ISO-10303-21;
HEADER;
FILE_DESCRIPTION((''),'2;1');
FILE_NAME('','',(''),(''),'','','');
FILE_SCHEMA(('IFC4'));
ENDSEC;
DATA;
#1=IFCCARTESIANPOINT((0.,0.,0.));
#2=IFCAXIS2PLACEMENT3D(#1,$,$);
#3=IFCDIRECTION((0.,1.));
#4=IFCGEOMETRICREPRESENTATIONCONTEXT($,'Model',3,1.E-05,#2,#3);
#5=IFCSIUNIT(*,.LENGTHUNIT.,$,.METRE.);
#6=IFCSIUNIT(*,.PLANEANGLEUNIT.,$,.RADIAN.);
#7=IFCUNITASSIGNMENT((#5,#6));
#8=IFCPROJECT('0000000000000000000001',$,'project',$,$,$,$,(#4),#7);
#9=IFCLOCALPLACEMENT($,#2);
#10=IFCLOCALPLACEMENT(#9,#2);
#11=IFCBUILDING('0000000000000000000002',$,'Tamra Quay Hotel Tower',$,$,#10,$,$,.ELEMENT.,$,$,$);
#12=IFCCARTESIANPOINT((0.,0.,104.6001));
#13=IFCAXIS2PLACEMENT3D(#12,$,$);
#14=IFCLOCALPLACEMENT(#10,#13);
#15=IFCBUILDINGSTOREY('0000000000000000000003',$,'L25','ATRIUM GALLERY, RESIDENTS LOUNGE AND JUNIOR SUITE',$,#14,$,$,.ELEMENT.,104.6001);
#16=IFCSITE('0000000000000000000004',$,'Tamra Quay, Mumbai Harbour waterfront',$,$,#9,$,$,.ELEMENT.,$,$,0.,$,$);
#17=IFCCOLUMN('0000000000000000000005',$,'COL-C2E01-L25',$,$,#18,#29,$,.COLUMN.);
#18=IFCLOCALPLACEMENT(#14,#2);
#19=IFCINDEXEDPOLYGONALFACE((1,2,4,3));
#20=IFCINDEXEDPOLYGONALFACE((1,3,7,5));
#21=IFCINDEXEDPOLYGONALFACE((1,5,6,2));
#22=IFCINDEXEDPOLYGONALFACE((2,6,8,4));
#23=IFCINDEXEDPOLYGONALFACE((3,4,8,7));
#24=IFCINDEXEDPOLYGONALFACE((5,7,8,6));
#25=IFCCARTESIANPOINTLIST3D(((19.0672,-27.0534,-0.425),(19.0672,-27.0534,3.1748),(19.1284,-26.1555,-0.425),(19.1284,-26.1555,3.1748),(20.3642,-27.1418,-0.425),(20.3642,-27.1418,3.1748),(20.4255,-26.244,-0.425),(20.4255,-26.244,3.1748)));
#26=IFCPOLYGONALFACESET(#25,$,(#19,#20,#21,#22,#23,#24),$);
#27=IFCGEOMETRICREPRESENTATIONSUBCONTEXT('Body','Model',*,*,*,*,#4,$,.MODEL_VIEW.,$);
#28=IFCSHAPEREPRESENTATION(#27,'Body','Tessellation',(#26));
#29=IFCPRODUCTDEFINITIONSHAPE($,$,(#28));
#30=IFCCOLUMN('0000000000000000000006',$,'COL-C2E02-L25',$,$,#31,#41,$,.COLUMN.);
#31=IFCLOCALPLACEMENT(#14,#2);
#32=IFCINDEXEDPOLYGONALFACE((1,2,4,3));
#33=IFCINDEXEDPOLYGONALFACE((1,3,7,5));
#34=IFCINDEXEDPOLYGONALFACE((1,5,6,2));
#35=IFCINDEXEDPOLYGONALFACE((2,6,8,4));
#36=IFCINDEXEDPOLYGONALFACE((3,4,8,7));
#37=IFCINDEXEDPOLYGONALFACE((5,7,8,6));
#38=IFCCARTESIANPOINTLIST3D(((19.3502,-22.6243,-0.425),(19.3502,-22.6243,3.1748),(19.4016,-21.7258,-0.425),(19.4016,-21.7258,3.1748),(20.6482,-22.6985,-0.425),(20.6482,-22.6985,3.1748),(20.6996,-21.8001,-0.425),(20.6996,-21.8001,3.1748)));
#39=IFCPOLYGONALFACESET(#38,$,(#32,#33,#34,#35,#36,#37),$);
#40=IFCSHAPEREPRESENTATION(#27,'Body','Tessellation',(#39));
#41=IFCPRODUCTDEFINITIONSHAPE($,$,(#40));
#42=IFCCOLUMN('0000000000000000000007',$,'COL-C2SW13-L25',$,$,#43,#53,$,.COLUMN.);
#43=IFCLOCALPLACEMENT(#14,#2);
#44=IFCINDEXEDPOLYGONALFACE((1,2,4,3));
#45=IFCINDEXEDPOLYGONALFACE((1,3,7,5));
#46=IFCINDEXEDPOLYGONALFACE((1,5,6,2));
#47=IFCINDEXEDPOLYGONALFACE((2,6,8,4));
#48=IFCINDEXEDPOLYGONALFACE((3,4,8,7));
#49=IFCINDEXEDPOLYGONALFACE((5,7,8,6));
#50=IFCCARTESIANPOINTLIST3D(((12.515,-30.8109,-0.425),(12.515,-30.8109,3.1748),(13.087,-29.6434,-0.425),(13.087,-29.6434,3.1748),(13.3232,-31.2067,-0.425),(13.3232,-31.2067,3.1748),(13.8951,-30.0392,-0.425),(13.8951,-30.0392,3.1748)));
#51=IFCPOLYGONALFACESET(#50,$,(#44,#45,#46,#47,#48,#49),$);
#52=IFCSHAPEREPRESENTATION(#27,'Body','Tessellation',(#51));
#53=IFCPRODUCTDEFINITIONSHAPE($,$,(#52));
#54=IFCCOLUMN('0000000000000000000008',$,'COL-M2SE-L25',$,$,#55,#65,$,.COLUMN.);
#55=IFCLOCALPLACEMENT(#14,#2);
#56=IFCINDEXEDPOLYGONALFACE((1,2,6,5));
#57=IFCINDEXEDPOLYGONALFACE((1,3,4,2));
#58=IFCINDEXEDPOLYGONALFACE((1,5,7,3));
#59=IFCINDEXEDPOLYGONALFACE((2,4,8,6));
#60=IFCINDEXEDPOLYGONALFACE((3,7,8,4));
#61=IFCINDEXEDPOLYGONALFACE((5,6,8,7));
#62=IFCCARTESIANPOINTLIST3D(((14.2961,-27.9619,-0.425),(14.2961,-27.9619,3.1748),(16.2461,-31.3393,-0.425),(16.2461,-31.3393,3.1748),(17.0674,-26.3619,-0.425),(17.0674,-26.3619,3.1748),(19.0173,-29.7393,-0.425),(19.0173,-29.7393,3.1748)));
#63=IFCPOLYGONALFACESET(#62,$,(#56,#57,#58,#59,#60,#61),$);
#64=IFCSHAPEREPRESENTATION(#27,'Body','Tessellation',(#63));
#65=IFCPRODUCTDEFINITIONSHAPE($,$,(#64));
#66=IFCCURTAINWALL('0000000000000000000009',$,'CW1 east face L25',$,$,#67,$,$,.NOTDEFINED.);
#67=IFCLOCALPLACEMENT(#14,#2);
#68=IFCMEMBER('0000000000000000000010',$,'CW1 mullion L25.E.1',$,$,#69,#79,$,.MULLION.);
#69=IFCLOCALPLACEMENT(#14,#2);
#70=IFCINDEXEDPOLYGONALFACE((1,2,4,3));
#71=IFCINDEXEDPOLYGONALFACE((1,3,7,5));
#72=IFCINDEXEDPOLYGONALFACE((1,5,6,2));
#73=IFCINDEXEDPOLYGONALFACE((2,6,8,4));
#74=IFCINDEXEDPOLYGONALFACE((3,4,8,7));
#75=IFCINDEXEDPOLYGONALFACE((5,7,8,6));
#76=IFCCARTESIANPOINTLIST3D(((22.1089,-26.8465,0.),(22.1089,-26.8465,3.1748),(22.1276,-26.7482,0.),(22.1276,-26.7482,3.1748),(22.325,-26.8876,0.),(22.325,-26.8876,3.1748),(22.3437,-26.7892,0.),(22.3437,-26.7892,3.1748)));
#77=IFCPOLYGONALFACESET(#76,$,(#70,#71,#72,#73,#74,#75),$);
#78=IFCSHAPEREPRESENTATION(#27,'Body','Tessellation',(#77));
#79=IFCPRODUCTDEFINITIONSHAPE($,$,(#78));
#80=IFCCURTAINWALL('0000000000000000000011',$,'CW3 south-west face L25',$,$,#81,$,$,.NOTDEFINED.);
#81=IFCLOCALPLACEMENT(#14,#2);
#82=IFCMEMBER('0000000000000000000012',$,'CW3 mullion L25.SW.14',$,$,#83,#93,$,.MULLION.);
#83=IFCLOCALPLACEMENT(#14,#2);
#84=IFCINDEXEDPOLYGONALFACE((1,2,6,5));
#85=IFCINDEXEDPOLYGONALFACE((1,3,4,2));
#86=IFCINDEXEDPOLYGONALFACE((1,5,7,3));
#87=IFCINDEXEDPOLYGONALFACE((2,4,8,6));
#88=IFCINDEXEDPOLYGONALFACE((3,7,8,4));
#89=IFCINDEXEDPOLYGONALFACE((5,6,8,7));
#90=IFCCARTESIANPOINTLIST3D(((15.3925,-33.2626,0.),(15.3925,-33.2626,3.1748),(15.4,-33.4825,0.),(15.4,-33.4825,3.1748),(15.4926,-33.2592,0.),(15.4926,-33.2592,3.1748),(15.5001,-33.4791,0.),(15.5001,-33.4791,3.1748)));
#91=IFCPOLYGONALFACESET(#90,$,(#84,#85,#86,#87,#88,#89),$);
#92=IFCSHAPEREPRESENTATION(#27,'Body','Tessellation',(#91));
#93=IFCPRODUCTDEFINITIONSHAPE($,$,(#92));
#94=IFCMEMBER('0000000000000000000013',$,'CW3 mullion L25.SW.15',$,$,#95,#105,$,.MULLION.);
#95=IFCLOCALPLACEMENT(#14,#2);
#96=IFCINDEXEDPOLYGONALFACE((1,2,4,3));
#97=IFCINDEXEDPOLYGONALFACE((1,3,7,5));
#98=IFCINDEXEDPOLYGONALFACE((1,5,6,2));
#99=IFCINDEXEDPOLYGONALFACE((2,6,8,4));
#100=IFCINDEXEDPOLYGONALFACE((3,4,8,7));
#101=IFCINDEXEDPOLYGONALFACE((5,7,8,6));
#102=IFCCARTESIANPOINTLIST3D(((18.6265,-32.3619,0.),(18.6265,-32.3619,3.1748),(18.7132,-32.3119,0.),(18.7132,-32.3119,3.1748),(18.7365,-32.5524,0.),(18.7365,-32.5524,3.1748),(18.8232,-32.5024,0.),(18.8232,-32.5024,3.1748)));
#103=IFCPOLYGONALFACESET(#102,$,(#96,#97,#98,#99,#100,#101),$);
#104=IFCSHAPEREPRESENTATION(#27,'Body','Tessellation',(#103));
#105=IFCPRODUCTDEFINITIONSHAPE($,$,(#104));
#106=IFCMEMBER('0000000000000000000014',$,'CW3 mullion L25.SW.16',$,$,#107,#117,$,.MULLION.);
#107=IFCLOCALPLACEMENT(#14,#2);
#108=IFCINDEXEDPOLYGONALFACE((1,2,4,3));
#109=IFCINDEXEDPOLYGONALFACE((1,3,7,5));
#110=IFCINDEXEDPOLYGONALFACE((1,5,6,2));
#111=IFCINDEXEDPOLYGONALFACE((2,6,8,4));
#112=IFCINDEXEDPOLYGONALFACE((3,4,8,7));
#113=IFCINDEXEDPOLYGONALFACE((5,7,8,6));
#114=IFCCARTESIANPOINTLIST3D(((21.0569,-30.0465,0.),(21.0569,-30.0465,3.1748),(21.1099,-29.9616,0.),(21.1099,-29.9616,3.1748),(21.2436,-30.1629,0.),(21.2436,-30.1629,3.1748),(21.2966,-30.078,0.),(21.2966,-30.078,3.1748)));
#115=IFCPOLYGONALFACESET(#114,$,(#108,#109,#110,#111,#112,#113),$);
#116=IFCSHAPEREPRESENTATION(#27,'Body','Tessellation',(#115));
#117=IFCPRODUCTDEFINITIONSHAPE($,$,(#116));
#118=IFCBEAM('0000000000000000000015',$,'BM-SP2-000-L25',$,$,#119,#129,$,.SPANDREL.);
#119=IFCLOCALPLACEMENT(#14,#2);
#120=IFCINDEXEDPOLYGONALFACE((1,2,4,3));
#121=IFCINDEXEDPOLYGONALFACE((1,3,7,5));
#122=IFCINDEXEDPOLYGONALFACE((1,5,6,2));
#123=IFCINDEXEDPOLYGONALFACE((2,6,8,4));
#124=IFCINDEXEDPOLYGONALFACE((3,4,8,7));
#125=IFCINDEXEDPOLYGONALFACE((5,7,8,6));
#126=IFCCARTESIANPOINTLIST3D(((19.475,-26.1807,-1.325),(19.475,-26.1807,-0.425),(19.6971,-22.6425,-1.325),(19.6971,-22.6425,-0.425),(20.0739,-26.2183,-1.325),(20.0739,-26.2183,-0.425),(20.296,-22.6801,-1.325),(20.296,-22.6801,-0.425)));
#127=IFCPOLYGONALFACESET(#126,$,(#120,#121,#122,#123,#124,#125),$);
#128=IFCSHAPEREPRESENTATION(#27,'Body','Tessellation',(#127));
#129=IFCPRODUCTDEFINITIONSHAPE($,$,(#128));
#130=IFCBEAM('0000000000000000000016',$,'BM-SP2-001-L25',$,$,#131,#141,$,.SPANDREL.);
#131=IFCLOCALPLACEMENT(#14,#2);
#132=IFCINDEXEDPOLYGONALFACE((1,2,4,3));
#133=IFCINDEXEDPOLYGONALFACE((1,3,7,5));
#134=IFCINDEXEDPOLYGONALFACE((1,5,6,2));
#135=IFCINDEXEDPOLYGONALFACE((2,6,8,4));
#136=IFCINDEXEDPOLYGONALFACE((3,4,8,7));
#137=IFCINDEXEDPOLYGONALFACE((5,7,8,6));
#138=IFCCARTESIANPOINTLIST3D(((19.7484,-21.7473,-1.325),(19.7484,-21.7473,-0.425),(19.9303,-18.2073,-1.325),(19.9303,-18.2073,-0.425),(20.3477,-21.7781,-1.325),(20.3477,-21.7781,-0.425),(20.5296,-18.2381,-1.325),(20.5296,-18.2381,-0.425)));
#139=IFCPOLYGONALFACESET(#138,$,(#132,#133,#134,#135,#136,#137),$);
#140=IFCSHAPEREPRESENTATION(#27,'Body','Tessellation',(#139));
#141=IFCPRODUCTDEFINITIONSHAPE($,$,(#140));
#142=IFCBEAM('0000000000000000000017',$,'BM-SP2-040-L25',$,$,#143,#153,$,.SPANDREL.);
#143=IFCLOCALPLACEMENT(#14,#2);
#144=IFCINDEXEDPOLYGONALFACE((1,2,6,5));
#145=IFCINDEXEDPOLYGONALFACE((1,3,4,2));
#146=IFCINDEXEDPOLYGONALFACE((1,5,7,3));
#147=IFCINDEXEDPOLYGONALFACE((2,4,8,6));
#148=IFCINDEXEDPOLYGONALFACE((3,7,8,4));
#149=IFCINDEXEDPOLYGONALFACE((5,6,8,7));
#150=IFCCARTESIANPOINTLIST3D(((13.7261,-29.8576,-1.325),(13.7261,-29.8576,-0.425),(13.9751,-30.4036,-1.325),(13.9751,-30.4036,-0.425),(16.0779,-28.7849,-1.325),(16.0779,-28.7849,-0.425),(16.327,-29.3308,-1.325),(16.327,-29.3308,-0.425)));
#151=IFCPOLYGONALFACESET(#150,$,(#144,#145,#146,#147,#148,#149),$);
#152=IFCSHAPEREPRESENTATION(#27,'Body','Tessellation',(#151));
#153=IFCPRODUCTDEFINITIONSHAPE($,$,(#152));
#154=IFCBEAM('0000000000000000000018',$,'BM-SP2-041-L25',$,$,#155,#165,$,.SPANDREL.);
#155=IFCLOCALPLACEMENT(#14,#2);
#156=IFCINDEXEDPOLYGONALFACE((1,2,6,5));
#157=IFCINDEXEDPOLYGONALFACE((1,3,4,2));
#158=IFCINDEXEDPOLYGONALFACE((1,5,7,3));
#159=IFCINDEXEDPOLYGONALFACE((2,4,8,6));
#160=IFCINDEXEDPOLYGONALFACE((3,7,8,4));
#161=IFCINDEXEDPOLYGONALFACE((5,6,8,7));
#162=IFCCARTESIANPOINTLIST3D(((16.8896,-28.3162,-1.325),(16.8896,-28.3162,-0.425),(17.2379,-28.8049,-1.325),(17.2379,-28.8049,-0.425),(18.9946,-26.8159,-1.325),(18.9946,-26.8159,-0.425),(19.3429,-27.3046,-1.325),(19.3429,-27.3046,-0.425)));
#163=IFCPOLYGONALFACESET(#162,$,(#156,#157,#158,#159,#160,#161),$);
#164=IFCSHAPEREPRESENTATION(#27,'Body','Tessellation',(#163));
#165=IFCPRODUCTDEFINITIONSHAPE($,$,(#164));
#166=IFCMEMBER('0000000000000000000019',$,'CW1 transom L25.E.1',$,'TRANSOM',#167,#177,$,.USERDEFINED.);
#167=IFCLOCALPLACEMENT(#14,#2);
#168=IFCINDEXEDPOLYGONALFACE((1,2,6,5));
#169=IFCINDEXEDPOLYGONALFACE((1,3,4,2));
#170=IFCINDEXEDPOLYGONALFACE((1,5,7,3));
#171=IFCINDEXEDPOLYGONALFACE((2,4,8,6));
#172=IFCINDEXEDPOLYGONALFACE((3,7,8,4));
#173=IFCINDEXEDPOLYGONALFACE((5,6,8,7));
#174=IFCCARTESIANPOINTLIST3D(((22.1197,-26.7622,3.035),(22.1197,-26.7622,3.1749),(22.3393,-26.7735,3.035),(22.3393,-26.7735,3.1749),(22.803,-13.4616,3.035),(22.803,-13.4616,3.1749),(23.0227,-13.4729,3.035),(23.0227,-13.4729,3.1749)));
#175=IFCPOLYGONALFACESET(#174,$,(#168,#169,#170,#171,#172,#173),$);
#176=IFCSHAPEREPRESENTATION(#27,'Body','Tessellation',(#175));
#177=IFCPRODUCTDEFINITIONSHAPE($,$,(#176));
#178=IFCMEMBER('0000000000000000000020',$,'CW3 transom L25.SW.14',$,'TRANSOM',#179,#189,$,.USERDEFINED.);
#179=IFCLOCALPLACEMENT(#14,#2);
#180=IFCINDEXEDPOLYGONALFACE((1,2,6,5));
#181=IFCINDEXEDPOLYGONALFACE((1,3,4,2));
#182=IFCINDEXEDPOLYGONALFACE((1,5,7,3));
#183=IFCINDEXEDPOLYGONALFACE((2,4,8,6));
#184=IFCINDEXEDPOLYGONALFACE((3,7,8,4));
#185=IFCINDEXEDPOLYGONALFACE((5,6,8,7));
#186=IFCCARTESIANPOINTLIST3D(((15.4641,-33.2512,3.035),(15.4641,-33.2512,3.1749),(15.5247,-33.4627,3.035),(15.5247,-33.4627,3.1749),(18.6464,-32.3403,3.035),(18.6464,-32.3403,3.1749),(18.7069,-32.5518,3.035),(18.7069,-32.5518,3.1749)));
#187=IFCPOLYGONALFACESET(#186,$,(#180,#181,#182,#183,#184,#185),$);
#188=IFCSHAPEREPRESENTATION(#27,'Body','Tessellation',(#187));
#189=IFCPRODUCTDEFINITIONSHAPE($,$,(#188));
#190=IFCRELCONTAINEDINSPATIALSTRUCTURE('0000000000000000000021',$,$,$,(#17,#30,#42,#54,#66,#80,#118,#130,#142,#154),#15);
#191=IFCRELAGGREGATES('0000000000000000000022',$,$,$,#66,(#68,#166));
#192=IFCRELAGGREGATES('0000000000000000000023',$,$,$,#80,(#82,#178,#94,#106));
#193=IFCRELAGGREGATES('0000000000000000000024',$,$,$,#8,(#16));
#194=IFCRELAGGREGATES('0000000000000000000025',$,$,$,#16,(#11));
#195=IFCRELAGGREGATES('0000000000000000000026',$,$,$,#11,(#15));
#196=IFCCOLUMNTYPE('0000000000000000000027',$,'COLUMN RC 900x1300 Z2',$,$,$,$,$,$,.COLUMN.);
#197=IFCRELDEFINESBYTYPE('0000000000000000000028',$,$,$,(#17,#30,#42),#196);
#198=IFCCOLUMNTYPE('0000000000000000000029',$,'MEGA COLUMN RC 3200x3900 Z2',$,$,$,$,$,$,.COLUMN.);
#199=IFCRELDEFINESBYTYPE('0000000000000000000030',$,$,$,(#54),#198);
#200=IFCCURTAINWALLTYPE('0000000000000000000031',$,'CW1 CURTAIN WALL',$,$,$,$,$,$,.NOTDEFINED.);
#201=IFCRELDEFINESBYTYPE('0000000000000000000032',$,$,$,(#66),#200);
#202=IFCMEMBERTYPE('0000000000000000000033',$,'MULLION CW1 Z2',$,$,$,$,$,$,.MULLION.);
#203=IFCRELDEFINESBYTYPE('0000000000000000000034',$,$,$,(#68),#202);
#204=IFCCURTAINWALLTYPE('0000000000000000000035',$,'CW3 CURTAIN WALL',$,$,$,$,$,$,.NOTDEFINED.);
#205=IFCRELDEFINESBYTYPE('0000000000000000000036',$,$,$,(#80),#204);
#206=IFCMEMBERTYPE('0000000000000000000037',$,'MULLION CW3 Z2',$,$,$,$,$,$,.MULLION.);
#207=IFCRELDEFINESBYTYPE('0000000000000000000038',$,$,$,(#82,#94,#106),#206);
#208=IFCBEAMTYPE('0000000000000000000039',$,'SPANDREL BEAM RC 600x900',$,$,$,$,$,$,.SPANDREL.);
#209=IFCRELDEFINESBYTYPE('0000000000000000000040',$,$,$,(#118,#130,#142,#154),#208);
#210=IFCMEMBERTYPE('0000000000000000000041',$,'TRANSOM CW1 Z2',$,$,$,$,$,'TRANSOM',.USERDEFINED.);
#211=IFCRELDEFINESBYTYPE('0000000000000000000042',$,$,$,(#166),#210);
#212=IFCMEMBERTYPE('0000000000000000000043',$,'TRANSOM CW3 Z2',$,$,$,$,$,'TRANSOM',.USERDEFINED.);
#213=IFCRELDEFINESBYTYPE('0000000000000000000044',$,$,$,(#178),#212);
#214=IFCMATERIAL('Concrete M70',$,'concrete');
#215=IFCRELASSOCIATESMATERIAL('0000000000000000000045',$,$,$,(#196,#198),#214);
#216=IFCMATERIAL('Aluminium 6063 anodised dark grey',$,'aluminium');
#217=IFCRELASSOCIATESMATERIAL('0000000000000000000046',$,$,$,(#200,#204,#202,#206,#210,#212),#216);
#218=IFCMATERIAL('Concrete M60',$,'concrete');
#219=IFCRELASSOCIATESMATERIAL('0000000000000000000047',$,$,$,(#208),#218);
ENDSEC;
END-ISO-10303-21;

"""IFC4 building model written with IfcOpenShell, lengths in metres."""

from ifc_helpers import new_model, si_unit, direction, frame, origin, origin_2d, place, context, subcontext, project, spatial, rectangle, extrude, material, material_profile, profile_set, type_object, element, aggregate, save


model = new_model("IFC4")

# Units and contexts
model_context = context("Model", 3, precision=1e-05, world=origin(), true_north=direction((0.0, 1.0)))
body_context = subcontext(model_context, "Body", "Model", "MODEL_VIEW")
ifc_project = project(units=[si_unit("LENGTHUNIT", "METRE"), si_unit("PLANEANGLEUNIT", "RADIAN")], contexts=[model_context])

# Site, building, storey
site_placement = place(None, origin())
site = spatial("IfcSite", under=ifc_project, at=site_placement, Name="Tamra Quay, Mumbai Harbour waterfront", CompositionType="ELEMENT", RefElevation=0.0)
building_placement = place(site_placement, origin())
building = spatial("IfcBuilding", under=site, at=building_placement, Name="Tamra Quay Hotel Tower", CompositionType="ELEMENT")
storey_placement = place(building_placement, frame((0.0, 0.0, 104.6001)))
storey = spatial("IfcBuildingStorey", under=building, at=storey_placement, Name="L25", Description="ATRIUM GALLERY, RESIDENTS LOUNGE AND JUNIOR SUITE", CompositionType="ELEMENT", Elevation=104.6001)

# Columns
ifc_material_1 = material(Name="Concrete M70", Category="concrete")
ifc_material_profile_1 = material_profile(ifc_material_1, rectangle(XDim=1.3, YDim=0.8999, at=origin_2d()), Name="COLUMN RC 900x1300 Z2")
ifc_profile_set_1 = profile_set([ifc_material_profile_1], Name="Concrete M70")
column_type_1 = type_object("IfcColumnType", Name="COLUMN RC 900x1300 Z2", PredefinedType="COLUMN", material=ifc_profile_set_1)
for number, where, z_axis, x_axis, name in (
    (1, (19.7463, -26.6487, -0.425), (0.0, 0.0, 1.0), (-0.997682, 0.068041, 0.0), "COL-C2E01-L25"),
    (2, (20.0249, -22.2122, -0.425), (0.0, 0.0, 1.0), (-0.998368, 0.057108, 0.0), "COL-C2E02-L25"),
    (3, (13.2051, -30.425, -0.425), (0.0, 0.0, 1.0), (0.439916, 0.898039, 0.0), "COL-C2SW13-L25"),
):
    element("IfcColumn", number, at=place(storey_placement, frame(where, z_axis=z_axis, x_axis=x_axis)), inside=storey, type_object=column_type_1, Name=name, PredefinedType="COLUMN", context=body_context, shape_type="SweptSolid", body=[
        extrude(rectangle(XDim=1.3, YDim=0.8999, at=origin_2d()), origin(), (0.0, 0.0, 1.0), 3.5999),
    ])
ifc_material_profile_2 = material_profile(ifc_material_1, rectangle(XDim=3.8999, YDim=3.2, at=origin_2d()), Name="MEGA COLUMN RC 3200x3900 Z2")
ifc_profile_set_2 = profile_set([ifc_material_profile_2], Name="Concrete M70")
column_type_2 = type_object("IfcColumnType", Name="MEGA COLUMN RC 3200x3900 Z2", PredefinedType="COLUMN", material=ifc_profile_set_2)
column_placement = place(storey_placement, frame((16.6567, -28.8506, -0.425), z_axis=(0.0, 0.0, 1.0), x_axis=(-0.5, 0.866025, 0.0)))
element("IfcColumn", 4, at=column_placement, inside=storey, type_object=column_type_2, Name="COL-M2SE-L25", PredefinedType="COLUMN", context=body_context, shape_type="SweptSolid", body=[
    extrude(rectangle(XDim=3.8999, YDim=3.2, at=origin_2d()), origin(), (0.0, 0.0, 1.0), 3.5999),
])

# Curtain wall, member
ifc_material_2 = material(Name="Aluminium 6063 anodised dark grey", Category="aluminium")
curtain_wall_type_1 = type_object("IfcCurtainWallType", Name="CW1 CURTAIN WALL", PredefinedType="NOTDEFINED", material=ifc_material_2)
curtain_wall_1_placement = place(storey_placement, origin())
curtain_wall_1 = element("IfcCurtainWall", 5, at=curtain_wall_1_placement, inside=storey, type_object=curtain_wall_type_1, Name="CW1 east face L25", PredefinedType="NOTDEFINED")
ifc_material_profile_3 = material_profile(ifc_material_2, rectangle(XDim=0.22, YDim=0.1001, at=origin_2d()), Name="MULLION 100X220")
ifc_profile_set_3 = profile_set([ifc_material_profile_3], Name="Aluminium 6063 anodised dark grey")
member_type_1 = type_object("IfcMemberType", Name="MULLION CW1 Z2", PredefinedType="MULLION", material=ifc_profile_set_3)
member_1_placement = place(storey_placement, frame((22.2263, -26.8179, 0.0), z_axis=(0.0, 0.0, 1.0), x_axis=(0.982419, -0.186689, 0.0)))
member_1 = element("IfcMember", 6, at=member_1_placement, type_object=member_type_1, Name="CW1 mullion L25.E.1", PredefinedType="MULLION", context=body_context, shape_type="SweptSolid", body=[
    extrude(rectangle(XDim=0.22, YDim=0.1001, at=origin_2d()), origin(), (0.0, 0.0, 1.0), 3.1748),
])

# Curtain wall, members
curtain_wall_type_2 = type_object("IfcCurtainWallType", Name="CW3 CURTAIN WALL", PredefinedType="NOTDEFINED", material=ifc_material_2)
curtain_wall_2_placement = place(storey_placement, origin())
curtain_wall_2 = element("IfcCurtainWall", 7, at=curtain_wall_2_placement, inside=storey, type_object=curtain_wall_type_2, Name="CW3 south-west face L25", PredefinedType="NOTDEFINED")
ifc_material_profile_4 = material_profile(ifc_material_2, rectangle(XDim=0.22, YDim=0.1001, at=origin_2d()), Name="MULLION 100X220")
ifc_profile_set_4 = profile_set([ifc_material_profile_4], Name="Aluminium 6063 anodised dark grey")
member_type_2 = type_object("IfcMemberType", Name="MULLION CW3 Z2", PredefinedType="MULLION", material=ifc_profile_set_4)
member_2_placement = place(storey_placement, frame((15.4463, -33.3708, 0.0), z_axis=(0.0, 0.0, 1.0), x_axis=(0.034041, -0.99942, 0.0)))
member_2 = element("IfcMember", 8, at=member_2_placement, type_object=member_type_2, Name="CW3 mullion L25.SW.14", PredefinedType="MULLION", context=body_context, shape_type="SweptSolid", body=[
    extrude(rectangle(XDim=0.22, YDim=0.1001, at=origin_2d()), origin(), (0.0, 0.0, 1.0), 3.1748),
])
member_3_placement = place(storey_placement, frame((18.7249, -32.4321, 0.0), z_axis=(0.0, 0.0, 1.0), x_axis=(0.5, -0.866025, 0.0)))
member_3 = element("IfcMember", 9, at=member_3_placement, type_object=member_type_2, Name="CW3 mullion L25.SW.15", PredefinedType="MULLION", context=body_context, shape_type="SweptSolid", body=[
    extrude(rectangle(XDim=0.22, YDim=0.1001, at=origin_2d()), origin(), (0.0, 0.0, 1.0), 3.1748),
])
member_4_placement = place(storey_placement, frame((21.1768, -30.0623, 0.0), z_axis=(0.0, 0.0, 1.0), x_axis=(0.848503, -0.52919, 0.0)))
member_4 = element("IfcMember", 10, at=member_4_placement, type_object=member_type_2, Name="CW3 mullion L25.SW.16", PredefinedType="MULLION", context=body_context, shape_type="SweptSolid", body=[
    extrude(rectangle(XDim=0.22, YDim=0.1001, at=origin_2d()), origin(), (0.0, 0.0, 1.0), 3.1748),
])

# Beams
ifc_material_3 = material(Name="Concrete M60", Category="concrete")
ifc_material_profile_5 = material_profile(ifc_material_3, rectangle(XDim=0.6001, YDim=0.8999, at=origin_2d()), Name="SPANDREL BEAM RC 600x900")
ifc_profile_set_5 = profile_set([ifc_material_profile_5], Name="Concrete M60")
beam_type = type_object("IfcBeamType", Name="SPANDREL BEAM RC 600x900", PredefinedType="SPANDREL", material=ifc_profile_set_5)
beam_1_placement = place(storey_placement, frame((19.7744, -26.1995, -0.875), z_axis=(0.06267, 0.998034, 0.0), x_axis=(-0.998034, 0.06267, 0.0)))
element("IfcBeam", 11, at=beam_1_placement, inside=storey, type_object=beam_type, Name="BM-SP2-000-L25", PredefinedType="SPANDREL", context=body_context, shape_type="SweptSolid", body=[
    extrude(rectangle(XDim=0.6001, YDim=0.8999, at=origin_2d()), origin(), (0.0, 0.0, 1.0), 3.5452),
])
beam_2_placement = place(storey_placement, frame((20.0481, -21.7627, -0.875), z_axis=(0.051312, 0.998683, 0.0), x_axis=(-0.998683, 0.051312, 0.0)))
element("IfcBeam", 12, at=beam_2_placement, inside=storey, type_object=beam_type, Name="BM-SP2-001-L25", PredefinedType="SPANDREL", context=body_context, shape_type="SweptSolid", body=[
    extrude(rectangle(XDim=0.6001, YDim=0.8999, at=origin_2d()), origin(), (0.0, 0.0, 1.0), 3.5447),
])
for number, where, z_axis, x_axis, name in (
    (13, (13.8506, -30.1306, -0.875), (0.909819, 0.415005, 0.0), (-0.415005, 0.909819, 0.0), "BM-SP2-040-L25"),
    (14, (17.0637, -28.5605, -0.875), (0.814339, 0.580389, 0.0), (-0.580389, 0.814339, 0.0), "BM-SP2-041-L25"),
):
    element("IfcBeam", number, at=place(storey_placement, frame(where, z_axis=z_axis, x_axis=x_axis)), inside=storey, type_object=beam_type, Name=name, PredefinedType="SPANDREL", context=body_context, shape_type="SweptSolid", body=[
        extrude(rectangle(XDim=0.6001, YDim=0.8999, at=origin_2d()), origin(), (0.0, 0.0, 1.0), 2.585),
    ])

# Members
ifc_material_profile_6 = material_profile(ifc_material_2, rectangle(XDim=0.22, YDim=0.1399, at=origin_2d()), Name="TRANSOM 220X140")
ifc_profile_set_6 = profile_set([ifc_material_profile_6], Name="Aluminium 6063 anodised dark grey")
member_type_3 = type_object("IfcMemberType", Name="TRANSOM CW1 Z2", ElementType="TRANSOM", PredefinedType="USERDEFINED", material=ifc_profile_set_6)
member_5_placement = place(storey_placement, frame((22.2295, -26.7678, 3.105), z_axis=(0.05131, 0.998683, 0.0), x_axis=(-0.998683, 0.05131, 0.0)))
member_5 = element("IfcMember", 15, at=member_5_placement, type_object=member_type_3, Name="CW1 transom L25.E.1", ObjectType="TRANSOM", PredefinedType="USERDEFINED", context=body_context, shape_type="SweptSolid", body=[
    extrude(rectangle(XDim=0.22, YDim=0.1399, at=origin_2d()), origin(), (0.0, 0.0, 1.0), 13.3181),
])
ifc_material_profile_7 = material_profile(ifc_material_2, rectangle(XDim=0.22, YDim=0.1399, at=origin_2d()), Name="TRANSOM 220X140")
ifc_profile_set_7 = profile_set([ifc_material_profile_7], Name="Aluminium 6063 anodised dark grey")
member_type_4 = type_object("IfcMemberType", Name="TRANSOM CW3 Z2", ElementType="TRANSOM", PredefinedType="USERDEFINED", material=ifc_profile_set_7)
member_6_placement = place(storey_placement, frame((15.4944, -33.3569, 3.105), z_axis=(0.961393, 0.275179, 0.0), x_axis=(-0.275179, 0.961393, 0.0)))
member_6 = element("IfcMember", 16, at=member_6_placement, type_object=member_type_4, Name="CW3 transom L25.SW.14", ObjectType="TRANSOM", PredefinedType="USERDEFINED", context=body_context, shape_type="SweptSolid", body=[
    extrude(rectangle(XDim=0.22, YDim=0.1399, at=origin_2d()), origin(), (0.0, 0.0, 1.0), 3.3101),
])

aggregate(curtain_wall_1, [member_1, member_5])
aggregate(curtain_wall_2, [member_2, member_6, member_3, member_4])

save(model, "model.ifc")
